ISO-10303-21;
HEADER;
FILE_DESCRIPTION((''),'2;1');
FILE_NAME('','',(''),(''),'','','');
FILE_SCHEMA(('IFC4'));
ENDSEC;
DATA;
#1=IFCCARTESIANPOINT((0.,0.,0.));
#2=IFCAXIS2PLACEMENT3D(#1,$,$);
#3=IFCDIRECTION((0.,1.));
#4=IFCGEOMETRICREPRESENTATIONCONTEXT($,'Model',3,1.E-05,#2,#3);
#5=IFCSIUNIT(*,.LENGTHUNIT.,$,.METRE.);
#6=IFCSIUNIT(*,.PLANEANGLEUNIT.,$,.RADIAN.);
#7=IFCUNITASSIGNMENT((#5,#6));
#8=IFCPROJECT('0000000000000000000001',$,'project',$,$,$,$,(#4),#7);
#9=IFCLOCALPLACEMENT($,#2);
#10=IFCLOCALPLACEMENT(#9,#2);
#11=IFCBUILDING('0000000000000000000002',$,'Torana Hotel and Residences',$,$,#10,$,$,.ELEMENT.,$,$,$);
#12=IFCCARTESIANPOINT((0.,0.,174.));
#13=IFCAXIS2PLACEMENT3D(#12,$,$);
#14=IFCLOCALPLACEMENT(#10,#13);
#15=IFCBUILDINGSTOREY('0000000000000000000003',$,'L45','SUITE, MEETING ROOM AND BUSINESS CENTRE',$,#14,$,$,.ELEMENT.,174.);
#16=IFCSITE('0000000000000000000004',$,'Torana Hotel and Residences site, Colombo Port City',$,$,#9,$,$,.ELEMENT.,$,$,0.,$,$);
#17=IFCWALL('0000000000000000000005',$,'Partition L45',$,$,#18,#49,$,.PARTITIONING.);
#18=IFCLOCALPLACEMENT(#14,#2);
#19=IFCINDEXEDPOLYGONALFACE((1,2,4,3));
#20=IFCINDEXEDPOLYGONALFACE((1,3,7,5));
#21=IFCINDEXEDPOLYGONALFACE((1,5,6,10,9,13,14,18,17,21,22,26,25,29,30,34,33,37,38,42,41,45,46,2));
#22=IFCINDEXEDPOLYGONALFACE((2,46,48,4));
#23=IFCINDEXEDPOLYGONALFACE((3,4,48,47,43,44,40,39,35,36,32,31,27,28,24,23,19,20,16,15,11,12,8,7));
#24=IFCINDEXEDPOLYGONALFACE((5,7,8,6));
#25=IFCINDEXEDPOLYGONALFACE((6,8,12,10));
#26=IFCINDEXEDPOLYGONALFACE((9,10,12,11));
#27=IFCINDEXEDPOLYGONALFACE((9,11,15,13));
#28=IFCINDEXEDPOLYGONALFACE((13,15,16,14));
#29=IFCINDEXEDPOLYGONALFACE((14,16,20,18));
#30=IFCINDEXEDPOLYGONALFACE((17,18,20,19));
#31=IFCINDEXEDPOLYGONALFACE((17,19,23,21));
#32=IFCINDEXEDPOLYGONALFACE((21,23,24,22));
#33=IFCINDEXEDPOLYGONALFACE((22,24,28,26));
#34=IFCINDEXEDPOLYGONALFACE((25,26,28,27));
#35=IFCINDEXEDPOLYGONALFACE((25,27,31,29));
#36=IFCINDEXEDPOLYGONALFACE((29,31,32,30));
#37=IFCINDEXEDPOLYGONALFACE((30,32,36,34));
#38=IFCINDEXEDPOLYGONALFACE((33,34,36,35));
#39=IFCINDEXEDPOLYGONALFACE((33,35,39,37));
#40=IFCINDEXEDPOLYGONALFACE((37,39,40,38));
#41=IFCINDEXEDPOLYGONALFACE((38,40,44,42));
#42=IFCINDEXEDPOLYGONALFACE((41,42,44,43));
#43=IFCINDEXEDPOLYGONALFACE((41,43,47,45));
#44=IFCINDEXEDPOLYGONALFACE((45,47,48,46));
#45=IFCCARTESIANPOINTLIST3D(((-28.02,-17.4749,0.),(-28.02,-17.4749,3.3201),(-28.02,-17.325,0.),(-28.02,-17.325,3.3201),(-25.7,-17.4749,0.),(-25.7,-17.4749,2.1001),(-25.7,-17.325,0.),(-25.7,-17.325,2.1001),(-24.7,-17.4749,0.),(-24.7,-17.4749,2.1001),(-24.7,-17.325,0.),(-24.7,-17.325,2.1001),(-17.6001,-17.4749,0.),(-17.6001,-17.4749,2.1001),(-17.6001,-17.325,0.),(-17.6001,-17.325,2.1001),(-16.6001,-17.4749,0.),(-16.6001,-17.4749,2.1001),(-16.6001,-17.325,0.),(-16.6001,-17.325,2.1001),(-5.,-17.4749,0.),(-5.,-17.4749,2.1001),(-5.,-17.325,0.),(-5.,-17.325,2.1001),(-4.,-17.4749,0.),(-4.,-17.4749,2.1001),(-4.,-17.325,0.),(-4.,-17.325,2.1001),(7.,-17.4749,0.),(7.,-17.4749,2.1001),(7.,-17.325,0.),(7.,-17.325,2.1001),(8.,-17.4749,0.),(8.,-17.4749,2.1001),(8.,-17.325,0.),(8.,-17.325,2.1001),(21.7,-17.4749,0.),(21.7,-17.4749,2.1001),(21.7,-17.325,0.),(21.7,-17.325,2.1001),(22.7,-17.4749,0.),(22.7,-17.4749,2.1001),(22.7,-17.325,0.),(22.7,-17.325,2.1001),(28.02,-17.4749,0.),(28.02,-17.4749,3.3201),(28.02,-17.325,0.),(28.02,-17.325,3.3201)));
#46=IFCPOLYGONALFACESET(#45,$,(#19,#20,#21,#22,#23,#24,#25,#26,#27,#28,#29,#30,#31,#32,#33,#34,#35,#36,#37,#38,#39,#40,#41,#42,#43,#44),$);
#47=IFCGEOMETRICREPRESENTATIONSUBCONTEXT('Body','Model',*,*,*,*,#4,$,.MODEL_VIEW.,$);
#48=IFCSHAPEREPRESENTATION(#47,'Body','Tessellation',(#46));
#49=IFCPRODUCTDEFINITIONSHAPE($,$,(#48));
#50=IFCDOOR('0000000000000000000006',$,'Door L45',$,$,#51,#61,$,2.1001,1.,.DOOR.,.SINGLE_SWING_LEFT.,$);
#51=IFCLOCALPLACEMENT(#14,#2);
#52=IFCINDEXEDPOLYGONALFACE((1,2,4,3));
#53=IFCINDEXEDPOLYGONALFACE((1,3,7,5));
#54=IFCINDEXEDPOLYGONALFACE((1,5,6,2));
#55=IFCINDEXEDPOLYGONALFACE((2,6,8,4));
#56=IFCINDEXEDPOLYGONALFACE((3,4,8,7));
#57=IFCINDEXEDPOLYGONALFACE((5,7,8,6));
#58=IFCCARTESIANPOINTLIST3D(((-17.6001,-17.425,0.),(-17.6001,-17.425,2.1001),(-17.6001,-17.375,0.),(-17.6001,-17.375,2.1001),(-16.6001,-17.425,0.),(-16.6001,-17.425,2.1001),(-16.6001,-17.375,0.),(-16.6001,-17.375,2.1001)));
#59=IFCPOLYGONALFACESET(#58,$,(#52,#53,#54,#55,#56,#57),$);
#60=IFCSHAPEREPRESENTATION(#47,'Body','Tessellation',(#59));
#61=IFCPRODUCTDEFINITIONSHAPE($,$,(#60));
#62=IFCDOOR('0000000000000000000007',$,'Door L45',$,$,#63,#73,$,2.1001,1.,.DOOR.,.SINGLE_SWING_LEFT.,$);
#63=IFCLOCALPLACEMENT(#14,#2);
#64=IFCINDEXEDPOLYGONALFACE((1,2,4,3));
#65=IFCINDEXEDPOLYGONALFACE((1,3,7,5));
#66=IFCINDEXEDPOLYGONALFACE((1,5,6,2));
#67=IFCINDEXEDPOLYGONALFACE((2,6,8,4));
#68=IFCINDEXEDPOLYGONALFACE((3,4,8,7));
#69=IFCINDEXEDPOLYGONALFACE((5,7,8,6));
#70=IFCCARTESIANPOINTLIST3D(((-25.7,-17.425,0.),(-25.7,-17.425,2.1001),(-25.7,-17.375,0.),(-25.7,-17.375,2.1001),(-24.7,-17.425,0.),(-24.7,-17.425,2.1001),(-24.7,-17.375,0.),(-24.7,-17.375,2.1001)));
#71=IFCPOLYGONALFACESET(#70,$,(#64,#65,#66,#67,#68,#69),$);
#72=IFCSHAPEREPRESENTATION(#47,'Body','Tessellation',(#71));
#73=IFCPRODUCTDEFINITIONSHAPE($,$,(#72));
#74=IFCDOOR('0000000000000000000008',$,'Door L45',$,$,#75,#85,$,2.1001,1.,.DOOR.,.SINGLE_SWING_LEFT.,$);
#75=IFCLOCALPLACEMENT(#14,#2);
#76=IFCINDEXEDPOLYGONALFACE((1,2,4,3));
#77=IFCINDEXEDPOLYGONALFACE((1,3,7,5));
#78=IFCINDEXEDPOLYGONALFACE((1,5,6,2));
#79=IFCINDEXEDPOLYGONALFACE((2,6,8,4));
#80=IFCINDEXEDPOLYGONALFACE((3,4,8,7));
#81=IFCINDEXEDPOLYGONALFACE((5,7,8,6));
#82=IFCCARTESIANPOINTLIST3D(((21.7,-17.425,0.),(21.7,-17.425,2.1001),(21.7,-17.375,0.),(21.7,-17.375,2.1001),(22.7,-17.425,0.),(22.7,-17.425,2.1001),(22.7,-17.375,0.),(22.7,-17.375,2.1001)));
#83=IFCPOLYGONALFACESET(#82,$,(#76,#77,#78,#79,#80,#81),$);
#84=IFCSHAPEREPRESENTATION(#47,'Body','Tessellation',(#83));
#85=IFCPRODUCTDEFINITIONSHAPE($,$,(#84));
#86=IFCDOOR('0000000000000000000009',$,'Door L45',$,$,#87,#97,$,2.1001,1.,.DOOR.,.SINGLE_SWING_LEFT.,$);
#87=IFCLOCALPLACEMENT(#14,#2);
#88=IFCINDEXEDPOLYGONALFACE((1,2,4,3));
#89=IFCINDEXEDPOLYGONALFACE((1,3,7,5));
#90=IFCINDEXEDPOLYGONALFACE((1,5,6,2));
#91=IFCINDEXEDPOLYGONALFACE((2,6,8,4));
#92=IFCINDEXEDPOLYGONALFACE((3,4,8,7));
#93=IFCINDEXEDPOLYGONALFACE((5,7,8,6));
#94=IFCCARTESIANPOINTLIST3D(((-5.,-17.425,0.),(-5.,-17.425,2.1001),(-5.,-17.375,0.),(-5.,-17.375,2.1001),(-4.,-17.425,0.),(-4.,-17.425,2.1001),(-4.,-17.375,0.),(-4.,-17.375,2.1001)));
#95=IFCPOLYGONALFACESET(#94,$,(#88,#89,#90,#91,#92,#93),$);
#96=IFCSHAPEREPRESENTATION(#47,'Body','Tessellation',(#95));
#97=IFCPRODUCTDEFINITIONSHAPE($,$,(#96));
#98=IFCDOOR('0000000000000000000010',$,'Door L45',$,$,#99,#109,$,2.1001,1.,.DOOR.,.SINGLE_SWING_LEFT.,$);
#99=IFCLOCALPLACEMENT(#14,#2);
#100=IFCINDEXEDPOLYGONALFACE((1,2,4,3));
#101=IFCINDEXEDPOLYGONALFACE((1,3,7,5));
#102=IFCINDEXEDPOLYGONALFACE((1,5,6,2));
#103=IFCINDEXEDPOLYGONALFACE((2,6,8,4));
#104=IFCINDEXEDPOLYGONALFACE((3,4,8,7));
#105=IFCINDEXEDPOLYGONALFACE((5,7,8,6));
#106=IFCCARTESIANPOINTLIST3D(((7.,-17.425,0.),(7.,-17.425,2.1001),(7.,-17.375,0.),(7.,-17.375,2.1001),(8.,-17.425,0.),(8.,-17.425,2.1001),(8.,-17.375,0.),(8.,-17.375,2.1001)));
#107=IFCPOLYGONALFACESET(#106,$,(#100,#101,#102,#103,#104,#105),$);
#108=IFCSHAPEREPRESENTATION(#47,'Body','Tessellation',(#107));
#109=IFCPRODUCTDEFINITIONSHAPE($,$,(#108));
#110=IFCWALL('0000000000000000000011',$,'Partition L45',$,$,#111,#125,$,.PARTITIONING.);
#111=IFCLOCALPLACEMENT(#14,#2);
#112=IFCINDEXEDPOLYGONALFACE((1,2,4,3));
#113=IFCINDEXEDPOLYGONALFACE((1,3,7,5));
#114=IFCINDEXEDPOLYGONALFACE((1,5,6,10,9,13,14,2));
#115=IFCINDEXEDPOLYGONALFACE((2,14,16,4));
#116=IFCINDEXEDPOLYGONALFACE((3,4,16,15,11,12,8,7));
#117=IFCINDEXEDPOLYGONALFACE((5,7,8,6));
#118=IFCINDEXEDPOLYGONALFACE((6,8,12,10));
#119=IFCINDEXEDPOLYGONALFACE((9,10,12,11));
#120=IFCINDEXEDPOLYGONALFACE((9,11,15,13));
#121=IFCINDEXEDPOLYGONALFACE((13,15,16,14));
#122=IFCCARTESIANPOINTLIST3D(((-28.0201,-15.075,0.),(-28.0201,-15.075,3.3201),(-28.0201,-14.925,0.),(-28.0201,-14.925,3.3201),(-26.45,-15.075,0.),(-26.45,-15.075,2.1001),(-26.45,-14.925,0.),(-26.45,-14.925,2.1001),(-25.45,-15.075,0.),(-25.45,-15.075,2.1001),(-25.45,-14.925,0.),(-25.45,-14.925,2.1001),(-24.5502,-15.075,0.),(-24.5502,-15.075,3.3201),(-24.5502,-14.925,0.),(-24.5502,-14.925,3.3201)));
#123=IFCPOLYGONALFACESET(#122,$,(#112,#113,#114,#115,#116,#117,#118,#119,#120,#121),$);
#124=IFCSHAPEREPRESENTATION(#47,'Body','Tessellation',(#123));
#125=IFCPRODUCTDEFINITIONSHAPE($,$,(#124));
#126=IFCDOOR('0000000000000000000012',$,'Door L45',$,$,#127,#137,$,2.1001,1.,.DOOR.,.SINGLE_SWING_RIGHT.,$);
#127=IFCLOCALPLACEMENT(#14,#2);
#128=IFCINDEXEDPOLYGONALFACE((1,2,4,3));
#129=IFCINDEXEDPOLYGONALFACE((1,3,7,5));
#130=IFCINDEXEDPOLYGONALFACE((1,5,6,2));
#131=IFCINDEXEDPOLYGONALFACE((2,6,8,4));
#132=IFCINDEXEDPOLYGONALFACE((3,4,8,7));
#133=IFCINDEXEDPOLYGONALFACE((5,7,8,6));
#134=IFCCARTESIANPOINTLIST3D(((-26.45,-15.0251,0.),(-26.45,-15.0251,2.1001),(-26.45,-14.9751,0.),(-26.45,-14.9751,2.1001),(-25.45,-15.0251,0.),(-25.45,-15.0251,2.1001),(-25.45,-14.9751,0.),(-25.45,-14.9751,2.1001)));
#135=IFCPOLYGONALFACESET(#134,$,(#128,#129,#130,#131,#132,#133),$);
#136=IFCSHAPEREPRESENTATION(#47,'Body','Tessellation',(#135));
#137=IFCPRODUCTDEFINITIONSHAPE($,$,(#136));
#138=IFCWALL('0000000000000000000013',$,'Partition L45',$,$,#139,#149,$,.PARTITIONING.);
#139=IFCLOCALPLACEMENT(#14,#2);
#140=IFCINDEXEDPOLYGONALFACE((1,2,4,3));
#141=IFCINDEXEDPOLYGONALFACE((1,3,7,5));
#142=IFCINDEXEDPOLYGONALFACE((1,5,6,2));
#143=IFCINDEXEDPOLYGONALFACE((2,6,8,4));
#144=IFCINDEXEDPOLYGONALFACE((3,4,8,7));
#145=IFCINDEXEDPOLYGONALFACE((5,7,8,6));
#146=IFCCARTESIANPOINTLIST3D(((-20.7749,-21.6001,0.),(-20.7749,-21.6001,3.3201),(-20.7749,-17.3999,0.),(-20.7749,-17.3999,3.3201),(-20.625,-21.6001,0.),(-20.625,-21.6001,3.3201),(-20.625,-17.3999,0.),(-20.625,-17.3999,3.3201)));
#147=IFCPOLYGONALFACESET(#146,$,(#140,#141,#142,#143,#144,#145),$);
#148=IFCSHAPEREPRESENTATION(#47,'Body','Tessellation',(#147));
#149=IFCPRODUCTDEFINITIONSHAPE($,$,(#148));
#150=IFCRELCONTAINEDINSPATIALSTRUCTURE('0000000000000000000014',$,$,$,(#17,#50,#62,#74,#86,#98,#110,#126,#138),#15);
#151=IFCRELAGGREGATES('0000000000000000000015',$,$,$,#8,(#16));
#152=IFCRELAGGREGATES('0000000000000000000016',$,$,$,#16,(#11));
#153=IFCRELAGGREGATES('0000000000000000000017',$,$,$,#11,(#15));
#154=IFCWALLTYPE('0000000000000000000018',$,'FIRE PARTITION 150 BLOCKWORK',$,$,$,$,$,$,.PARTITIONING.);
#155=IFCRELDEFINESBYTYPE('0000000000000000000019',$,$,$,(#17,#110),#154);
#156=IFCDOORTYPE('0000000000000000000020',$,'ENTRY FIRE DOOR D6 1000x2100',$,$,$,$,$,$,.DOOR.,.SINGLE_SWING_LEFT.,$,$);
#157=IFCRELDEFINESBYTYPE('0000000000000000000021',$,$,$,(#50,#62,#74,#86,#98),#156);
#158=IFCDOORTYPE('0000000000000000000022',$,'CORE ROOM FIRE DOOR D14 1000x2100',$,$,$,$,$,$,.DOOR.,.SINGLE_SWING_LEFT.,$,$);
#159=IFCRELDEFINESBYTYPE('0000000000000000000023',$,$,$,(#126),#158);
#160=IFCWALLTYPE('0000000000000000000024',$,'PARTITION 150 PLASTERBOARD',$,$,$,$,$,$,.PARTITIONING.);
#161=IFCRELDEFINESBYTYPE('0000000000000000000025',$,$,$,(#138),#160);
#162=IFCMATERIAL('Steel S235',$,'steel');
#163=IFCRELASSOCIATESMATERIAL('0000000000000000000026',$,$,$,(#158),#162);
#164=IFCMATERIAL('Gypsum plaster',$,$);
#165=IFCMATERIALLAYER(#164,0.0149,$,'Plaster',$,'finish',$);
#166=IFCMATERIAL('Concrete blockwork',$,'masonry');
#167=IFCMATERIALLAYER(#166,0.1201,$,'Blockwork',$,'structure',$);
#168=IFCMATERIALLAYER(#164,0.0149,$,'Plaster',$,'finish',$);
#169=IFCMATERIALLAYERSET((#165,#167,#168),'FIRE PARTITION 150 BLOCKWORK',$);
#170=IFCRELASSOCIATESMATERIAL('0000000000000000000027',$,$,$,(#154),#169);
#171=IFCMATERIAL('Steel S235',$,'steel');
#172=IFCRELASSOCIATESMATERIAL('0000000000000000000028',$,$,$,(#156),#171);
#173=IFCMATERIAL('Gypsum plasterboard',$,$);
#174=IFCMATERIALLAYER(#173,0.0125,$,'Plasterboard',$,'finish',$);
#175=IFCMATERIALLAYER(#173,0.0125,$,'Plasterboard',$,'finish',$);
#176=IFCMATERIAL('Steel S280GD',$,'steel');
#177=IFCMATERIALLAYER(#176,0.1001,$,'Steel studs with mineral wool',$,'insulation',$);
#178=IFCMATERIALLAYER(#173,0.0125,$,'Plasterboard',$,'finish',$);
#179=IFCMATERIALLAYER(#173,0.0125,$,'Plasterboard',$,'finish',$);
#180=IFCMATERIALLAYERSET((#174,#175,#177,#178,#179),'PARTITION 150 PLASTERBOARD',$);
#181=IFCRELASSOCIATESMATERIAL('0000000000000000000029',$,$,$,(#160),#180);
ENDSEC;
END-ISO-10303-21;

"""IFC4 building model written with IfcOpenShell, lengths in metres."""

from ifc_helpers import new_model, si_unit, direction, frame, frame_2d, origin, place, context, subcontext, project, spatial, rectangle, extrude, material, layer, layer_set, type_object, element, fill, save


model = new_model("IFC4")

# Units and contexts
model_context = context("Model", 3, precision=1e-05, world=origin(), true_north=direction((0.0, 1.0)))
body_context = subcontext(model_context, "Body", "Model", "MODEL_VIEW")
ifc_project = project(units=[si_unit("LENGTHUNIT", "METRE"), si_unit("PLANEANGLEUNIT", "RADIAN")], contexts=[model_context])

# Site, building, storey
site_placement = place(None, origin())
site = spatial("IfcSite", under=ifc_project, at=site_placement, Name="Torana Hotel and Residences site, Colombo Port City", CompositionType="ELEMENT", RefElevation=0.0)
building_placement = place(site_placement, origin())
building = spatial("IfcBuilding", under=site, at=building_placement, Name="Torana Hotel and Residences", CompositionType="ELEMENT")
storey_placement = place(building_placement, frame((0.0, 0.0, 174.0)))
storey = spatial("IfcBuildingStorey", under=building, at=storey_placement, Name="L45", Description="SUITE, MEETING ROOM AND BUSINESS CENTRE", CompositionType="ELEMENT", Elevation=174.0)

# Shared definitions
ifc_material_1 = material(Name="Steel S235", Category="steel")
door_type_1 = type_object("IfcDoorType", Name="CORE ROOM FIRE DOOR D14 1000x2100", OperationType="SINGLE_SWING_LEFT", PredefinedType="DOOR", material=ifc_material_1)

# Wall, openings, doors
ifc_material_2 = material(Name="Gypsum plaster")
ifc_layer_1 = layer(ifc_material_2, 0.0149, Name="Plaster", Category="finish")
ifc_material_3 = material(Name="Concrete blockwork", Category="masonry")
ifc_layer_2 = layer(ifc_material_3, 0.1201, Name="Blockwork", Category="structure")
ifc_layer_3 = layer(ifc_material_2, 0.0149, Name="Plaster", Category="finish")
ifc_layer_set_1 = layer_set([ifc_layer_1, ifc_layer_2, ifc_layer_3], Name="FIRE PARTITION 150 BLOCKWORK")
wall_type_1 = type_object("IfcWallType", Name="FIRE PARTITION 150 BLOCKWORK", PredefinedType="PARTITIONING", material=ifc_layer_set_1)
wall_1_placement = place(storey_placement, frame((-28.02, -17.3999, 0.0), z_axis=(0.0, 0.0, 1.0), x_axis=(1.0, 0.0, 0.0)))
wall_1 = element("IfcWall", 1, at=wall_1_placement, inside=storey, type_object=wall_type_1, Name="Partition L45", PredefinedType="PARTITIONING", context=body_context, shape_type="SweptSolid", body=[
    extrude(rectangle(XDim=56.04, YDim=0.1499, at=frame_2d((28.02, 0.0))), origin(), (0.0, 0.0, 1.0), 3.3201),
])
opening_1_placement = place(wall_1_placement, frame((10.4199, 0.0, 0.0)))
opening_1 = element("IfcOpeningElement", 2, at=opening_1_placement, cuts=wall_1, PredefinedType="OPENING", context=body_context, shape_type="SweptSolid", body=[
    extrude(rectangle(XDim=1.0, YDim=2.1001, at=frame_2d((0.5, 1.05))), frame((0.0, 0.085, 0.0), z_axis=(0.0, -1.0, 0.0), x_axis=(1.0, 0.0, 0.0)), (0.0, 0.0, 1.0), 0.1699),
])
opening_2_placement = place(wall_1_placement, frame((2.3201, 0.0, 0.0)))
opening_2 = element("IfcOpeningElement", 3, at=opening_2_placement, cuts=wall_1, PredefinedType="OPENING", context=body_context, shape_type="SweptSolid", body=[
    extrude(rectangle(XDim=1.0, YDim=2.1001, at=frame_2d((0.5, 1.05))), frame((0.0, 0.085, 0.0), z_axis=(0.0, -1.0, 0.0), x_axis=(1.0, 0.0, 0.0)), (0.0, 0.0, 1.0), 0.1699),
])
opening_3_placement = place(wall_1_placement, frame((49.72, 0.0, 0.0)))
opening_3 = element("IfcOpeningElement", 4, at=opening_3_placement, cuts=wall_1, PredefinedType="OPENING", context=body_context, shape_type="SweptSolid", body=[
    extrude(rectangle(XDim=1.0, YDim=2.1001, at=frame_2d((0.5, 1.05))), frame((0.0, 0.085, 0.0), z_axis=(0.0, -1.0, 0.0), x_axis=(1.0, 0.0, 0.0)), (0.0, 0.0, 1.0), 0.1699),
])
opening_4_placement = place(wall_1_placement, frame((23.02, 0.0, 0.0)))
opening_4 = element("IfcOpeningElement", 5, at=opening_4_placement, cuts=wall_1, PredefinedType="OPENING", context=body_context, shape_type="SweptSolid", body=[
    extrude(rectangle(XDim=1.0, YDim=2.1001, at=frame_2d((0.5, 1.05))), frame((0.0, 0.085, 0.0), z_axis=(0.0, -1.0, 0.0), x_axis=(1.0, 0.0, 0.0)), (0.0, 0.0, 1.0), 0.1699),
])
opening_5_placement = place(wall_1_placement, frame((35.02, 0.0, 0.0)))
opening_5 = element("IfcOpeningElement", 6, at=opening_5_placement, cuts=wall_1, PredefinedType="OPENING", context=body_context, shape_type="SweptSolid", body=[
    extrude(rectangle(XDim=1.0, YDim=2.1001, at=frame_2d((0.5, 1.05))), frame((0.0, 0.085, 0.0), z_axis=(0.0, -1.0, 0.0), x_axis=(1.0, 0.0, 0.0)), (0.0, 0.0, 1.0), 0.1699),
])
ifc_material_4 = material(Name="Steel S235", Category="steel")
door_type_2 = type_object("IfcDoorType", Name="ENTRY FIRE DOOR D6 1000x2100", OperationType="SINGLE_SWING_LEFT", PredefinedType="DOOR", material=ifc_material_4)
door_1_placement = place(opening_1_placement, frame((0.5, 0.0, 0.0), z_axis=(0.0, 0.0, 1.0), x_axis=(-1.0, 0.0, 0.0)))
door_1 = element("IfcDoor", 7, at=door_1_placement, inside=storey, type_object=door_type_2, Name="Door L45", OperationType="SINGLE_SWING_LEFT", OverallHeight=2.1001, OverallWidth=1.0, PredefinedType="DOOR", context=body_context, shape_type="SweptSolid", body=[
    extrude(rectangle(XDim=1.0, YDim=2.1001, at=frame_2d((0.0, 1.05))), frame((0.0, -0.0249, 0.0), z_axis=(0.0, 1.0, 0.0), x_axis=(-1.0, 0.0, 0.0)), (0.0, 0.0, 1.0), 0.05),
])
fill(opening_1, door_1)
door_2_placement = place(opening_2_placement, frame((0.5, 0.0, 0.0), z_axis=(0.0, 0.0, 1.0), x_axis=(-1.0, 0.0, 0.0)))
door_2 = element("IfcDoor", 8, at=door_2_placement, inside=storey, type_object=door_type_2, Name="Door L45", OperationType="SINGLE_SWING_LEFT", OverallHeight=2.1001, OverallWidth=1.0, PredefinedType="DOOR", context=body_context, shape_type="SweptSolid", body=[
    extrude(rectangle(XDim=1.0, YDim=2.1001, at=frame_2d((0.0, 1.05))), frame((0.0, -0.0249, 0.0), z_axis=(0.0, 1.0, 0.0), x_axis=(-1.0, 0.0, 0.0)), (0.0, 0.0, 1.0), 0.05),
])
fill(opening_2, door_2)
door_3_placement = place(opening_3_placement, frame((0.5, 0.0, 0.0), z_axis=(0.0, 0.0, 1.0), x_axis=(-1.0, 0.0, 0.0)))
door_3 = element("IfcDoor", 9, at=door_3_placement, inside=storey, type_object=door_type_2, Name="Door L45", OperationType="SINGLE_SWING_LEFT", OverallHeight=2.1001, OverallWidth=1.0, PredefinedType="DOOR", context=body_context, shape_type="SweptSolid", body=[
    extrude(rectangle(XDim=1.0, YDim=2.1001, at=frame_2d((0.0, 1.05))), frame((0.0, -0.0249, 0.0), z_axis=(0.0, 1.0, 0.0), x_axis=(-1.0, 0.0, 0.0)), (0.0, 0.0, 1.0), 0.05),
])
fill(opening_3, door_3)
door_4_placement = place(opening_4_placement, frame((0.5, 0.0, 0.0), z_axis=(0.0, 0.0, 1.0), x_axis=(-1.0, 0.0, 0.0)))
door_4 = element("IfcDoor", 10, at=door_4_placement, inside=storey, type_object=door_type_2, Name="Door L45", OperationType="SINGLE_SWING_LEFT", OverallHeight=2.1001, OverallWidth=1.0, PredefinedType="DOOR", context=body_context, shape_type="SweptSolid", body=[
    extrude(rectangle(XDim=1.0, YDim=2.1001, at=frame_2d((0.0, 1.05))), frame((0.0, -0.0249, 0.0), z_axis=(0.0, 1.0, 0.0), x_axis=(-1.0, 0.0, 0.0)), (0.0, 0.0, 1.0), 0.05),
])
fill(opening_4, door_4)
door_5_placement = place(opening_5_placement, frame((0.5, 0.0, 0.0), z_axis=(0.0, 0.0, 1.0), x_axis=(-1.0, 0.0, 0.0)))
door_5 = element("IfcDoor", 11, at=door_5_placement, inside=storey, type_object=door_type_2, Name="Door L45", OperationType="SINGLE_SWING_LEFT", OverallHeight=2.1001, OverallWidth=1.0, PredefinedType="DOOR", context=body_context, shape_type="SweptSolid", body=[
    extrude(rectangle(XDim=1.0, YDim=2.1001, at=frame_2d((0.0, 1.05))), frame((0.0, -0.0249, 0.0), z_axis=(0.0, 1.0, 0.0), x_axis=(-1.0, 0.0, 0.0)), (0.0, 0.0, 1.0), 0.05),
])
fill(opening_5, door_5)

# Wall, opening, door
wall_2_placement = place(storey_placement, frame((-28.02, -15.0, 0.0), z_axis=(0.0, 0.0, 1.0), x_axis=(1.0, 0.0, 0.0)))
wall_2 = element("IfcWall", 12, at=wall_2_placement, inside=storey, type_object=wall_type_1, Name="Partition L45", PredefinedType="PARTITIONING", context=body_context, shape_type="SweptSolid", body=[
    extrude(rectangle(XDim=3.47, YDim=0.1499, at=frame_2d((1.7349, 0.0))), origin(), (0.0, 0.0, 1.0), 3.3201),
])
opening_6_placement = place(wall_2_placement, frame((1.5701, 0.0, 0.0)))
opening_6 = element("IfcOpeningElement", 13, at=opening_6_placement, cuts=wall_2, PredefinedType="OPENING", context=body_context, shape_type="SweptSolid", body=[
    extrude(rectangle(XDim=1.0, YDim=2.1001, at=frame_2d((0.5, 1.05))), frame((0.0, 0.085, 0.0), z_axis=(0.0, -1.0, 0.0), x_axis=(1.0, 0.0, 0.0)), (0.0, 0.0, 1.0), 0.1699),
])
door_6_placement = place(opening_6_placement, origin())
door_6 = element("IfcDoor", 14, at=door_6_placement, inside=storey, type_object=door_type_1, Name="Door L45", OperationType="SINGLE_SWING_RIGHT", OverallHeight=2.1001, OverallWidth=1.0, PredefinedType="DOOR", context=body_context, shape_type="SweptSolid", body=[
    extrude(rectangle(XDim=1.0, YDim=2.1001, at=frame_2d((0.5, 1.05))), frame((0.0, 0.0249, 0.0), z_axis=(0.0, -1.0, 0.0), x_axis=(1.0, 0.0, 0.0)), (0.0, 0.0, 1.0), 0.05),
])
fill(opening_6, door_6)

# Wall
ifc_material_5 = material(Name="Gypsum plasterboard")
ifc_layer_4 = layer(ifc_material_5, 0.0125, Name="Plasterboard", Category="finish")
ifc_layer_5 = layer(ifc_material_5, 0.0125, Name="Plasterboard", Category="finish")
ifc_material_6 = material(Name="Steel S280GD", Category="steel")
ifc_layer_6 = layer(ifc_material_6, 0.1001, Name="Steel studs with mineral wool", Category="insulation")
ifc_layer_7 = layer(ifc_material_5, 0.0125, Name="Plasterboard", Category="finish")
ifc_layer_8 = layer(ifc_material_5, 0.0125, Name="Plasterboard", Category="finish")
ifc_layer_set_2 = layer_set([ifc_layer_4, ifc_layer_5, ifc_layer_6, ifc_layer_7, ifc_layer_8], Name="PARTITION 150 PLASTERBOARD")
wall_type_2 = type_object("IfcWallType", Name="PARTITION 150 PLASTERBOARD", PredefinedType="PARTITIONING", material=ifc_layer_set_2)
wall_3_placement = place(storey_placement, frame((-20.7, -21.6001, 0.0), z_axis=(0.0, 0.0, 1.0), x_axis=(0.0, 1.0, 0.0)))
element("IfcWall", 15, at=wall_3_placement, inside=storey, type_object=wall_type_2, Name="Partition L45", PredefinedType="PARTITIONING", context=body_context, shape_type="SweptSolid", body=[
    extrude(rectangle(XDim=4.2002, YDim=0.1499, at=frame_2d((2.1001, 0.0))), origin(), (0.0, 0.0, 1.0), 3.3201),
])

save(model, "model.ifc")
